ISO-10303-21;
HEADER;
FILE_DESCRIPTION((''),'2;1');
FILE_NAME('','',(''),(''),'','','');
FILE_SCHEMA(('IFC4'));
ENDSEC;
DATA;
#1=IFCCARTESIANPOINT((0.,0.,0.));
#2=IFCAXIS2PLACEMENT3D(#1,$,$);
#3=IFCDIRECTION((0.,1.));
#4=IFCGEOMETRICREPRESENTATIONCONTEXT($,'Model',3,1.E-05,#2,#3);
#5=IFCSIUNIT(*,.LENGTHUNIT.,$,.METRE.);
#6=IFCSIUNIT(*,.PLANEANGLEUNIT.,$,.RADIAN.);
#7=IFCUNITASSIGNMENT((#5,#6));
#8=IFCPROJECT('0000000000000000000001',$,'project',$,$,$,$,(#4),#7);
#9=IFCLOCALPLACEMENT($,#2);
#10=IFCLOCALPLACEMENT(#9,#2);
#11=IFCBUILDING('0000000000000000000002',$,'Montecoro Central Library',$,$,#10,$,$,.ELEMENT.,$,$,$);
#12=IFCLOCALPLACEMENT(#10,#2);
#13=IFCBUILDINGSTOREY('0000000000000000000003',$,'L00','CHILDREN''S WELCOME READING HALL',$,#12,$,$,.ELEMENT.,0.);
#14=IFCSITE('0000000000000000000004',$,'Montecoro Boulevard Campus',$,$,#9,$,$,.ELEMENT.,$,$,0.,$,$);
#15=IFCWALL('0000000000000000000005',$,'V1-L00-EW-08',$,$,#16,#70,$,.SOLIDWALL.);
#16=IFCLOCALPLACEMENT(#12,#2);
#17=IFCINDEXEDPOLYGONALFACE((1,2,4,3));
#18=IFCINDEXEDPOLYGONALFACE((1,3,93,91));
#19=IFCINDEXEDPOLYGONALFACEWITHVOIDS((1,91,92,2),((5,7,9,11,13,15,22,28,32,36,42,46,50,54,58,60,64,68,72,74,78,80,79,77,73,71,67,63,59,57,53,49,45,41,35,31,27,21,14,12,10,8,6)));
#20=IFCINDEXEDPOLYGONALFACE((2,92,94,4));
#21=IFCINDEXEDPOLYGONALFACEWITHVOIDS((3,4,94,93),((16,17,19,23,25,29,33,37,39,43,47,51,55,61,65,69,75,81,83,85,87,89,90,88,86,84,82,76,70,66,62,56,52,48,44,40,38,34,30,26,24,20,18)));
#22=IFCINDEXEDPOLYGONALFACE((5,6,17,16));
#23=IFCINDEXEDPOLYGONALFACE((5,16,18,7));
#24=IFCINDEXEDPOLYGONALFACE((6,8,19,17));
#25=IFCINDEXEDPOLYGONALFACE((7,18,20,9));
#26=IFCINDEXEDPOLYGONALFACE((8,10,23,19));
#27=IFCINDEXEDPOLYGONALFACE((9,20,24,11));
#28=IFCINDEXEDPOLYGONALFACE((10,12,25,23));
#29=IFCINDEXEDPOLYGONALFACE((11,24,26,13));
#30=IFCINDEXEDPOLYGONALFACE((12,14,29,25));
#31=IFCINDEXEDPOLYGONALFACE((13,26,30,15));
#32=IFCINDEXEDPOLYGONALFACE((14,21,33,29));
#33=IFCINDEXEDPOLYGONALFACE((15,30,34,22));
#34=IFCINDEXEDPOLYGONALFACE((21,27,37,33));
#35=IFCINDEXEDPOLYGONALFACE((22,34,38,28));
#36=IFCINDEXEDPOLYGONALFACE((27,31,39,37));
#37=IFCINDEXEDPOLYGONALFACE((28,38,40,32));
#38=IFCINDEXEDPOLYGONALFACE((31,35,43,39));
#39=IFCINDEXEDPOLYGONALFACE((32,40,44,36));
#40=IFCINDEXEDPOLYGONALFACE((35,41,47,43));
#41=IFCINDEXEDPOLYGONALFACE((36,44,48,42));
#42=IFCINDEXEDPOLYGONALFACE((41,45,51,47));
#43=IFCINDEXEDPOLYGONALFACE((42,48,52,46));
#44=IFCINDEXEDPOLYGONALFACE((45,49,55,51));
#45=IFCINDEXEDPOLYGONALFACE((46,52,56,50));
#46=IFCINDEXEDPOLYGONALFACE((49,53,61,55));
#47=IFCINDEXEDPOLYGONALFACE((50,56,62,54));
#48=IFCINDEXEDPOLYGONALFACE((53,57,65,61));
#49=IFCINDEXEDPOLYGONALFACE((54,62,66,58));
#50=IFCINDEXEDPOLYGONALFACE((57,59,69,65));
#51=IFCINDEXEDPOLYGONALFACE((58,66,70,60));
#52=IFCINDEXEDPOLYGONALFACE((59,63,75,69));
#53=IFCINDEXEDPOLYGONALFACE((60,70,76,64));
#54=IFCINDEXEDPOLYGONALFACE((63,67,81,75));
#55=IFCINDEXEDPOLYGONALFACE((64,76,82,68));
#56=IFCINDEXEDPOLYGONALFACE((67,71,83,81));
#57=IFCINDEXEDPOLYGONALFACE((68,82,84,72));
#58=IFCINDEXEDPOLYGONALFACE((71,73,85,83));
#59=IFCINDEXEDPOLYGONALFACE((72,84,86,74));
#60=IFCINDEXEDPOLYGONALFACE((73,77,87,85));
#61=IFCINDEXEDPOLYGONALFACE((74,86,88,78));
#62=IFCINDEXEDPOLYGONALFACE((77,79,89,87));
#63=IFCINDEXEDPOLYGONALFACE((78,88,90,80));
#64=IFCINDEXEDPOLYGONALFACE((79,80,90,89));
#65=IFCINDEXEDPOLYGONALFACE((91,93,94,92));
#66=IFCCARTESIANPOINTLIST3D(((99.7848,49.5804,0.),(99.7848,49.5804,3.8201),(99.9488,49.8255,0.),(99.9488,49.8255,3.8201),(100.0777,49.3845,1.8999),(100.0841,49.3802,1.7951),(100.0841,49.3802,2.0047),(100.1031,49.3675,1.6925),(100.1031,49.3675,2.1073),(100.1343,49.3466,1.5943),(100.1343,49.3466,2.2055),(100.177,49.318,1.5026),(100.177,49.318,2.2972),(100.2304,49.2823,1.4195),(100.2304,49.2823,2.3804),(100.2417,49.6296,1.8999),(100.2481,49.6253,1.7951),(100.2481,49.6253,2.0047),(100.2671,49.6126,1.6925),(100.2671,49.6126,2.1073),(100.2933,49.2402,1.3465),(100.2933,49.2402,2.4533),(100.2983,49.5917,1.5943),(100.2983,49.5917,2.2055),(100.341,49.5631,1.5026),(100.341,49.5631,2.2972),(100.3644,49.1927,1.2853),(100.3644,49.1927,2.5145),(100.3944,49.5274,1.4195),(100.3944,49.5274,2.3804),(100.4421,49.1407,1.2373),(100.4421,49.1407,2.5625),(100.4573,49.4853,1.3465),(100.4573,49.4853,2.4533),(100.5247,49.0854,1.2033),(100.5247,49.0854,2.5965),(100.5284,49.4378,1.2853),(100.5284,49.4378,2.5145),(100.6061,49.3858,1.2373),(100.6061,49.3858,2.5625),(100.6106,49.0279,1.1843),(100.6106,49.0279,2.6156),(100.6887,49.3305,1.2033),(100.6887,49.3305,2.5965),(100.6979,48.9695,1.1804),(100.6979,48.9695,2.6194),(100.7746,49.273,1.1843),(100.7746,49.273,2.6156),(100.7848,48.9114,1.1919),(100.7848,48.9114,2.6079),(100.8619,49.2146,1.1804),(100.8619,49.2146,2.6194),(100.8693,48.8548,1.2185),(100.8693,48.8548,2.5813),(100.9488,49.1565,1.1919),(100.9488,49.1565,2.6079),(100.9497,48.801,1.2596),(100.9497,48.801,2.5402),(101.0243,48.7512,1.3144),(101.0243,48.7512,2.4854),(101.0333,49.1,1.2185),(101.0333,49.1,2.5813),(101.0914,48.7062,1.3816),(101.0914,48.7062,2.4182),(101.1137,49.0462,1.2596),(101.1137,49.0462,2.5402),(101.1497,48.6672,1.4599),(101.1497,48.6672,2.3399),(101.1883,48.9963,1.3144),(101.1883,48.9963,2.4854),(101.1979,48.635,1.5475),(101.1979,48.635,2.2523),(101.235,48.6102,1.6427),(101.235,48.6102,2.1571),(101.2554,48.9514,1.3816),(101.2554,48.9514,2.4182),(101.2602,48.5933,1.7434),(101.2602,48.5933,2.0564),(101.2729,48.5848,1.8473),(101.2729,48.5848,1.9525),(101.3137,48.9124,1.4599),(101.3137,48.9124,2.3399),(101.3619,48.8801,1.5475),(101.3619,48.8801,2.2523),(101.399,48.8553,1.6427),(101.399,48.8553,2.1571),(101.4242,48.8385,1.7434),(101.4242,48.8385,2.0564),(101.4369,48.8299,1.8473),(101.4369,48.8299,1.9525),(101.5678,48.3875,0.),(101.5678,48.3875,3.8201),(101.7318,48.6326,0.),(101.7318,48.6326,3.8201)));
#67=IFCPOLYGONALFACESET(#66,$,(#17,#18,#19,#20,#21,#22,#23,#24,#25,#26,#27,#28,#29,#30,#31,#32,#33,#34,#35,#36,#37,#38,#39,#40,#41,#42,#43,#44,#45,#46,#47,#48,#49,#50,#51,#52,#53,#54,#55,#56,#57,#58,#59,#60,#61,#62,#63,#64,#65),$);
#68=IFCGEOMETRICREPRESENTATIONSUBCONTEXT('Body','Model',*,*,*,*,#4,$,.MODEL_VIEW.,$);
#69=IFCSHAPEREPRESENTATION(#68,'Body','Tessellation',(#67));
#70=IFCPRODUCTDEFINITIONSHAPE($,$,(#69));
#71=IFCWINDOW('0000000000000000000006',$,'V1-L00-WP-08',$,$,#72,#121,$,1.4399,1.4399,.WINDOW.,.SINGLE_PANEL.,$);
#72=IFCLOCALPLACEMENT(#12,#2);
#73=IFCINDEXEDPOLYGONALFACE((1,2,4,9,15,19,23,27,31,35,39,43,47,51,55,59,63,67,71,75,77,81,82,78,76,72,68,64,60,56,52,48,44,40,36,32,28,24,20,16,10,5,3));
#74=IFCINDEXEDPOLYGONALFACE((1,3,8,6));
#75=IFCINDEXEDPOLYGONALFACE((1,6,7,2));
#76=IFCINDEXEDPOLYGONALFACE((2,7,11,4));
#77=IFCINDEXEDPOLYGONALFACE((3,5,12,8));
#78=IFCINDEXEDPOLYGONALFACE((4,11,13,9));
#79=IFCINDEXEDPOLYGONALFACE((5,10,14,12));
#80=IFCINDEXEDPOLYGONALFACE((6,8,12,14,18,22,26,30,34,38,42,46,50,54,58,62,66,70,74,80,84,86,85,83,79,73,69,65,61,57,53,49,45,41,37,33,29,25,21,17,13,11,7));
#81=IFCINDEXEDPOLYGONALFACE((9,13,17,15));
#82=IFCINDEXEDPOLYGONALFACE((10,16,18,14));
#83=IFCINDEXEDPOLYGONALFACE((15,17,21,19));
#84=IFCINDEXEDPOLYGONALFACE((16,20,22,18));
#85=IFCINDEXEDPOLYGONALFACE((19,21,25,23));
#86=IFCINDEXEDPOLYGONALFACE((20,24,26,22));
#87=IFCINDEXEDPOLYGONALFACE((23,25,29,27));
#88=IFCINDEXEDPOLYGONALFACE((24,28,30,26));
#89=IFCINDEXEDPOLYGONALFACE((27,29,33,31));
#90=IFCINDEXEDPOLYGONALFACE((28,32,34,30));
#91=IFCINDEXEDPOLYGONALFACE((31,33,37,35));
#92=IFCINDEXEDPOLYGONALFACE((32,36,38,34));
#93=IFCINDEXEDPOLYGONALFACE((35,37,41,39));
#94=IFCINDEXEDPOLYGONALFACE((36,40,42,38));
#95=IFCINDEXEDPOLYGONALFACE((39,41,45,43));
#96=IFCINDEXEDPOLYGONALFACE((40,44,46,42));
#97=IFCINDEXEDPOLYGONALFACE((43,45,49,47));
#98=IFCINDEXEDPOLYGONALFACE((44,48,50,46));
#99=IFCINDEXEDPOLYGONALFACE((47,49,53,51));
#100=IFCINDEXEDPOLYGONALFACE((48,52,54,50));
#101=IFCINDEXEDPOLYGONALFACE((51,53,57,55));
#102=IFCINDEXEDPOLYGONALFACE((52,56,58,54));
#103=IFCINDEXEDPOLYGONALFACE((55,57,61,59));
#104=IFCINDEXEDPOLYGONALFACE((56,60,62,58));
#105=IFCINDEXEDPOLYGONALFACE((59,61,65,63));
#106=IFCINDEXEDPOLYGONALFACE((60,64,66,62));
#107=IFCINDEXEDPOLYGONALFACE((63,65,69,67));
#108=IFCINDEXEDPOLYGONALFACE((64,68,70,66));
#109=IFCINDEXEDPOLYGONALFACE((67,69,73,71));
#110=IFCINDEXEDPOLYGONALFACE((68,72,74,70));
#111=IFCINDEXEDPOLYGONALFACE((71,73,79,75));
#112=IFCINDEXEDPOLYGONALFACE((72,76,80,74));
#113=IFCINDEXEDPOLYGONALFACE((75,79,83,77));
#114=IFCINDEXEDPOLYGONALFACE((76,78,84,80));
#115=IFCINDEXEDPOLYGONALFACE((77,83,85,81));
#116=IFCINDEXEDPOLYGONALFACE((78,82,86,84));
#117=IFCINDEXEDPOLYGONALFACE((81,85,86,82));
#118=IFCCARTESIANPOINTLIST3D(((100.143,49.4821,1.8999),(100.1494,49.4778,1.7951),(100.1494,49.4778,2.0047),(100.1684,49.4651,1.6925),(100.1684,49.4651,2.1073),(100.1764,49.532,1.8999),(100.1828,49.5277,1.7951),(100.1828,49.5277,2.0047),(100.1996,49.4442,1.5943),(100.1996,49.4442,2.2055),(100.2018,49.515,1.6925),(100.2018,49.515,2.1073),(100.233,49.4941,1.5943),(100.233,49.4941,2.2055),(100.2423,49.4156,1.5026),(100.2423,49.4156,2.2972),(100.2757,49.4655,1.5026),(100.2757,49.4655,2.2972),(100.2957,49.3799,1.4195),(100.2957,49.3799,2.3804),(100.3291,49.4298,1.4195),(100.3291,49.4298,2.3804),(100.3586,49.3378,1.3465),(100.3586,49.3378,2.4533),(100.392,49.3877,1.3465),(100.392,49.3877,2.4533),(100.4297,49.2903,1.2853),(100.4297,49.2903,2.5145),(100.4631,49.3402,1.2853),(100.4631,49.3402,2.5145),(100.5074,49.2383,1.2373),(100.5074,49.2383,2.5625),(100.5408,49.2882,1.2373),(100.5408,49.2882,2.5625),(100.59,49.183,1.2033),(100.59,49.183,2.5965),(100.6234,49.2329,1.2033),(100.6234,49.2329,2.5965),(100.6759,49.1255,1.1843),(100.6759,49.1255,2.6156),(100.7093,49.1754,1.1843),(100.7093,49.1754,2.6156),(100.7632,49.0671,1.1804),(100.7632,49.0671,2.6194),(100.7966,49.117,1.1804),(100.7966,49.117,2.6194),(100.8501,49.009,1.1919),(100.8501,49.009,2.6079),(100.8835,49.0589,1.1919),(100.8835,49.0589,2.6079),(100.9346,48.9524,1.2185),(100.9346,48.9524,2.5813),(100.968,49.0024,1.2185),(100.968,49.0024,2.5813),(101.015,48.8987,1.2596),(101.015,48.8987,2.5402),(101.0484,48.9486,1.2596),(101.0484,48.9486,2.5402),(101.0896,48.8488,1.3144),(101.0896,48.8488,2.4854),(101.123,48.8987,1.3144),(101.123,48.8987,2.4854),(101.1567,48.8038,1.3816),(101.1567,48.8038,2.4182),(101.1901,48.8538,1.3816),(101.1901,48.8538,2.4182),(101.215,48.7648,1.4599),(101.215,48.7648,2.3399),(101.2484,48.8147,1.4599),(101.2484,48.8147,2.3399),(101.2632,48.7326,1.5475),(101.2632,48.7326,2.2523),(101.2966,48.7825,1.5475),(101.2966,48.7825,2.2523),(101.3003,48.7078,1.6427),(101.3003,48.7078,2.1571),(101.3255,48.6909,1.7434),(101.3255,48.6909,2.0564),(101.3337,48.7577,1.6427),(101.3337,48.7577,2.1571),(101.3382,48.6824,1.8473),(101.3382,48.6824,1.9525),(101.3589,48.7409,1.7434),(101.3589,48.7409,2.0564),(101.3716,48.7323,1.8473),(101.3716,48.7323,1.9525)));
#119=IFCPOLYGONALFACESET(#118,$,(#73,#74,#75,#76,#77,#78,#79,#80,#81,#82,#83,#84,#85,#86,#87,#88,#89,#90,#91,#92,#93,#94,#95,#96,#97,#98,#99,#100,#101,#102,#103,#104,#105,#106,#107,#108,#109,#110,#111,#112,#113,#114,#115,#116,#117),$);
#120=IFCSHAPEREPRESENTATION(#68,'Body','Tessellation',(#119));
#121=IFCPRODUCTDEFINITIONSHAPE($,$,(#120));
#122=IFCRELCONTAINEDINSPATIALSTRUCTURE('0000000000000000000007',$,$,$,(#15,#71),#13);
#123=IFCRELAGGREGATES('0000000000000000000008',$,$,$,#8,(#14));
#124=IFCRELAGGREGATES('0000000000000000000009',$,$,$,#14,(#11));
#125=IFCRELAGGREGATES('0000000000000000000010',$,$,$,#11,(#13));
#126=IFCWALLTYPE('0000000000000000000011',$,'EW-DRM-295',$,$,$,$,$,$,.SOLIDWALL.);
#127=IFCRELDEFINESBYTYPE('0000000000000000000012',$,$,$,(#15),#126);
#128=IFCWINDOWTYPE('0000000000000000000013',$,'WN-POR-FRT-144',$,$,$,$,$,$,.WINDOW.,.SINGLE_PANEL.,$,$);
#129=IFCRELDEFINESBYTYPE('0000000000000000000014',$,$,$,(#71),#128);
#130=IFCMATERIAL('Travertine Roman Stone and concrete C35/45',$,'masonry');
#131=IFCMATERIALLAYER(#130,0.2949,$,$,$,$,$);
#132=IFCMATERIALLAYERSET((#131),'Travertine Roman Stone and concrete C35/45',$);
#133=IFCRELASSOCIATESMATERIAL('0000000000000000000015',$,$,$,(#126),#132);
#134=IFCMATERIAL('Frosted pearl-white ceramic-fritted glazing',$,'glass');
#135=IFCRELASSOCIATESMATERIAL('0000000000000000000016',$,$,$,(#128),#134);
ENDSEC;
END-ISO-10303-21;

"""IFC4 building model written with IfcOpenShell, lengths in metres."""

from ifc_helpers import new_model, si_unit, direction, frame, frame_2d, origin, place, context, subcontext, project, spatial, rectangle, circle, extrude, material, layer, layer_set, type_object, element, fill, save


model = new_model("IFC4")

# Units and contexts
model_context = context("Model", 3, precision=1e-05, world=origin(), true_north=direction((0.0, 1.0)))
body_context = subcontext(model_context, "Body", "Model", "MODEL_VIEW")
ifc_project = project(units=[si_unit("LENGTHUNIT", "METRE"), si_unit("PLANEANGLEUNIT", "RADIAN")], contexts=[model_context])

# Site, building, storey
site_placement = place(None, origin())
site = spatial("IfcSite", under=ifc_project, at=site_placement, Name="Montecoro Boulevard Campus", CompositionType="ELEMENT", RefElevation=0.0)
building_placement = place(site_placement, origin())
building = spatial("IfcBuilding", under=site, at=building_placement, Name="Montecoro Central Library", CompositionType="ELEMENT")
storey_placement = place(building_placement, origin())
storey = spatial("IfcBuildingStorey", under=building, at=storey_placement, Name="L00", Description="CHILDREN'S WELCOME READING HALL", CompositionType="ELEMENT", Elevation=0.0)

# Wall, opening, window
ifc_material_1 = material(Name="Travertine Roman Stone and concrete C35/45", Category="masonry")
ifc_layer_1 = layer(ifc_material_1, 0.2949)
ifc_layer_set_1 = layer_set([ifc_layer_1], Name="Travertine Roman Stone and concrete C35/45")
wall_type = type_object("IfcWallType", Name="EW-DRM-295", PredefinedType="SOLIDWALL", material=ifc_layer_set_1)
ifc_material_2 = material(Name="Frosted pearl-white ceramic-fritted glazing", Category="glass")
window_type_1 = type_object("IfcWindowType", Name="WN-POR-FRT-144", PartitioningType="SINGLE_PANEL", PredefinedType="WINDOW", material=ifc_material_2)
wall_1_placement = place(storey_placement, frame((101.6499, 48.51, 0.0), z_axis=(0.0, 0.0, 1.0), x_axis=(-0.831139, 0.556065, 0.0)))
wall_1 = element("IfcWall", 1, at=wall_1_placement, inside=storey, type_object=wall_type, Name="V1-L00-EW-08", PredefinedType="SOLIDWALL", context=body_context, shape_type="SweptSolid", body=[
    extrude(rectangle(XDim=2.1453, YDim=0.2949, at=frame_2d((1.0728, 0.0))), origin(), (0.0, 0.0, 1.0), 3.8201),
])
opening_1_placement = place(wall_1_placement, frame((0.353, 0.0, 1.1799)))
opening_1 = element("IfcOpeningElement", 2, at=opening_1_placement, cuts=wall_1, PredefinedType="OPENING", context=body_context, shape_type="SweptSolid", body=[
    extrude(circle(Radius=0.72, at=frame_2d((0.72, 0.72))), frame((0.0, 0.1575, 0.0), z_axis=(0.0, -1.0, 0.0), x_axis=(1.0, 0.0, 0.0)), (0.0, 0.0, 1.0), 0.3149),
])
window_1_placement = place(opening_1_placement, origin())
window_1 = element("IfcWindow", 3, at=window_1_placement, inside=storey, type_object=window_type_1, Name="V1-L00-WP-08", OverallHeight=1.4399, OverallWidth=1.4399, PartitioningType="SINGLE_PANEL", PredefinedType="WINDOW", context=body_context, shape_type="SweptSolid", body=[
    extrude(circle(Radius=0.72, at=frame_2d((0.72, 0.72))), frame((0.0, 0.03, 0.0), z_axis=(0.0, -1.0, 0.0), x_axis=(1.0, 0.0, 0.0)), (0.0, 0.0, 1.0), 0.0601),
])
fill(opening_1, window_1)

save(model, "model.ifc")
